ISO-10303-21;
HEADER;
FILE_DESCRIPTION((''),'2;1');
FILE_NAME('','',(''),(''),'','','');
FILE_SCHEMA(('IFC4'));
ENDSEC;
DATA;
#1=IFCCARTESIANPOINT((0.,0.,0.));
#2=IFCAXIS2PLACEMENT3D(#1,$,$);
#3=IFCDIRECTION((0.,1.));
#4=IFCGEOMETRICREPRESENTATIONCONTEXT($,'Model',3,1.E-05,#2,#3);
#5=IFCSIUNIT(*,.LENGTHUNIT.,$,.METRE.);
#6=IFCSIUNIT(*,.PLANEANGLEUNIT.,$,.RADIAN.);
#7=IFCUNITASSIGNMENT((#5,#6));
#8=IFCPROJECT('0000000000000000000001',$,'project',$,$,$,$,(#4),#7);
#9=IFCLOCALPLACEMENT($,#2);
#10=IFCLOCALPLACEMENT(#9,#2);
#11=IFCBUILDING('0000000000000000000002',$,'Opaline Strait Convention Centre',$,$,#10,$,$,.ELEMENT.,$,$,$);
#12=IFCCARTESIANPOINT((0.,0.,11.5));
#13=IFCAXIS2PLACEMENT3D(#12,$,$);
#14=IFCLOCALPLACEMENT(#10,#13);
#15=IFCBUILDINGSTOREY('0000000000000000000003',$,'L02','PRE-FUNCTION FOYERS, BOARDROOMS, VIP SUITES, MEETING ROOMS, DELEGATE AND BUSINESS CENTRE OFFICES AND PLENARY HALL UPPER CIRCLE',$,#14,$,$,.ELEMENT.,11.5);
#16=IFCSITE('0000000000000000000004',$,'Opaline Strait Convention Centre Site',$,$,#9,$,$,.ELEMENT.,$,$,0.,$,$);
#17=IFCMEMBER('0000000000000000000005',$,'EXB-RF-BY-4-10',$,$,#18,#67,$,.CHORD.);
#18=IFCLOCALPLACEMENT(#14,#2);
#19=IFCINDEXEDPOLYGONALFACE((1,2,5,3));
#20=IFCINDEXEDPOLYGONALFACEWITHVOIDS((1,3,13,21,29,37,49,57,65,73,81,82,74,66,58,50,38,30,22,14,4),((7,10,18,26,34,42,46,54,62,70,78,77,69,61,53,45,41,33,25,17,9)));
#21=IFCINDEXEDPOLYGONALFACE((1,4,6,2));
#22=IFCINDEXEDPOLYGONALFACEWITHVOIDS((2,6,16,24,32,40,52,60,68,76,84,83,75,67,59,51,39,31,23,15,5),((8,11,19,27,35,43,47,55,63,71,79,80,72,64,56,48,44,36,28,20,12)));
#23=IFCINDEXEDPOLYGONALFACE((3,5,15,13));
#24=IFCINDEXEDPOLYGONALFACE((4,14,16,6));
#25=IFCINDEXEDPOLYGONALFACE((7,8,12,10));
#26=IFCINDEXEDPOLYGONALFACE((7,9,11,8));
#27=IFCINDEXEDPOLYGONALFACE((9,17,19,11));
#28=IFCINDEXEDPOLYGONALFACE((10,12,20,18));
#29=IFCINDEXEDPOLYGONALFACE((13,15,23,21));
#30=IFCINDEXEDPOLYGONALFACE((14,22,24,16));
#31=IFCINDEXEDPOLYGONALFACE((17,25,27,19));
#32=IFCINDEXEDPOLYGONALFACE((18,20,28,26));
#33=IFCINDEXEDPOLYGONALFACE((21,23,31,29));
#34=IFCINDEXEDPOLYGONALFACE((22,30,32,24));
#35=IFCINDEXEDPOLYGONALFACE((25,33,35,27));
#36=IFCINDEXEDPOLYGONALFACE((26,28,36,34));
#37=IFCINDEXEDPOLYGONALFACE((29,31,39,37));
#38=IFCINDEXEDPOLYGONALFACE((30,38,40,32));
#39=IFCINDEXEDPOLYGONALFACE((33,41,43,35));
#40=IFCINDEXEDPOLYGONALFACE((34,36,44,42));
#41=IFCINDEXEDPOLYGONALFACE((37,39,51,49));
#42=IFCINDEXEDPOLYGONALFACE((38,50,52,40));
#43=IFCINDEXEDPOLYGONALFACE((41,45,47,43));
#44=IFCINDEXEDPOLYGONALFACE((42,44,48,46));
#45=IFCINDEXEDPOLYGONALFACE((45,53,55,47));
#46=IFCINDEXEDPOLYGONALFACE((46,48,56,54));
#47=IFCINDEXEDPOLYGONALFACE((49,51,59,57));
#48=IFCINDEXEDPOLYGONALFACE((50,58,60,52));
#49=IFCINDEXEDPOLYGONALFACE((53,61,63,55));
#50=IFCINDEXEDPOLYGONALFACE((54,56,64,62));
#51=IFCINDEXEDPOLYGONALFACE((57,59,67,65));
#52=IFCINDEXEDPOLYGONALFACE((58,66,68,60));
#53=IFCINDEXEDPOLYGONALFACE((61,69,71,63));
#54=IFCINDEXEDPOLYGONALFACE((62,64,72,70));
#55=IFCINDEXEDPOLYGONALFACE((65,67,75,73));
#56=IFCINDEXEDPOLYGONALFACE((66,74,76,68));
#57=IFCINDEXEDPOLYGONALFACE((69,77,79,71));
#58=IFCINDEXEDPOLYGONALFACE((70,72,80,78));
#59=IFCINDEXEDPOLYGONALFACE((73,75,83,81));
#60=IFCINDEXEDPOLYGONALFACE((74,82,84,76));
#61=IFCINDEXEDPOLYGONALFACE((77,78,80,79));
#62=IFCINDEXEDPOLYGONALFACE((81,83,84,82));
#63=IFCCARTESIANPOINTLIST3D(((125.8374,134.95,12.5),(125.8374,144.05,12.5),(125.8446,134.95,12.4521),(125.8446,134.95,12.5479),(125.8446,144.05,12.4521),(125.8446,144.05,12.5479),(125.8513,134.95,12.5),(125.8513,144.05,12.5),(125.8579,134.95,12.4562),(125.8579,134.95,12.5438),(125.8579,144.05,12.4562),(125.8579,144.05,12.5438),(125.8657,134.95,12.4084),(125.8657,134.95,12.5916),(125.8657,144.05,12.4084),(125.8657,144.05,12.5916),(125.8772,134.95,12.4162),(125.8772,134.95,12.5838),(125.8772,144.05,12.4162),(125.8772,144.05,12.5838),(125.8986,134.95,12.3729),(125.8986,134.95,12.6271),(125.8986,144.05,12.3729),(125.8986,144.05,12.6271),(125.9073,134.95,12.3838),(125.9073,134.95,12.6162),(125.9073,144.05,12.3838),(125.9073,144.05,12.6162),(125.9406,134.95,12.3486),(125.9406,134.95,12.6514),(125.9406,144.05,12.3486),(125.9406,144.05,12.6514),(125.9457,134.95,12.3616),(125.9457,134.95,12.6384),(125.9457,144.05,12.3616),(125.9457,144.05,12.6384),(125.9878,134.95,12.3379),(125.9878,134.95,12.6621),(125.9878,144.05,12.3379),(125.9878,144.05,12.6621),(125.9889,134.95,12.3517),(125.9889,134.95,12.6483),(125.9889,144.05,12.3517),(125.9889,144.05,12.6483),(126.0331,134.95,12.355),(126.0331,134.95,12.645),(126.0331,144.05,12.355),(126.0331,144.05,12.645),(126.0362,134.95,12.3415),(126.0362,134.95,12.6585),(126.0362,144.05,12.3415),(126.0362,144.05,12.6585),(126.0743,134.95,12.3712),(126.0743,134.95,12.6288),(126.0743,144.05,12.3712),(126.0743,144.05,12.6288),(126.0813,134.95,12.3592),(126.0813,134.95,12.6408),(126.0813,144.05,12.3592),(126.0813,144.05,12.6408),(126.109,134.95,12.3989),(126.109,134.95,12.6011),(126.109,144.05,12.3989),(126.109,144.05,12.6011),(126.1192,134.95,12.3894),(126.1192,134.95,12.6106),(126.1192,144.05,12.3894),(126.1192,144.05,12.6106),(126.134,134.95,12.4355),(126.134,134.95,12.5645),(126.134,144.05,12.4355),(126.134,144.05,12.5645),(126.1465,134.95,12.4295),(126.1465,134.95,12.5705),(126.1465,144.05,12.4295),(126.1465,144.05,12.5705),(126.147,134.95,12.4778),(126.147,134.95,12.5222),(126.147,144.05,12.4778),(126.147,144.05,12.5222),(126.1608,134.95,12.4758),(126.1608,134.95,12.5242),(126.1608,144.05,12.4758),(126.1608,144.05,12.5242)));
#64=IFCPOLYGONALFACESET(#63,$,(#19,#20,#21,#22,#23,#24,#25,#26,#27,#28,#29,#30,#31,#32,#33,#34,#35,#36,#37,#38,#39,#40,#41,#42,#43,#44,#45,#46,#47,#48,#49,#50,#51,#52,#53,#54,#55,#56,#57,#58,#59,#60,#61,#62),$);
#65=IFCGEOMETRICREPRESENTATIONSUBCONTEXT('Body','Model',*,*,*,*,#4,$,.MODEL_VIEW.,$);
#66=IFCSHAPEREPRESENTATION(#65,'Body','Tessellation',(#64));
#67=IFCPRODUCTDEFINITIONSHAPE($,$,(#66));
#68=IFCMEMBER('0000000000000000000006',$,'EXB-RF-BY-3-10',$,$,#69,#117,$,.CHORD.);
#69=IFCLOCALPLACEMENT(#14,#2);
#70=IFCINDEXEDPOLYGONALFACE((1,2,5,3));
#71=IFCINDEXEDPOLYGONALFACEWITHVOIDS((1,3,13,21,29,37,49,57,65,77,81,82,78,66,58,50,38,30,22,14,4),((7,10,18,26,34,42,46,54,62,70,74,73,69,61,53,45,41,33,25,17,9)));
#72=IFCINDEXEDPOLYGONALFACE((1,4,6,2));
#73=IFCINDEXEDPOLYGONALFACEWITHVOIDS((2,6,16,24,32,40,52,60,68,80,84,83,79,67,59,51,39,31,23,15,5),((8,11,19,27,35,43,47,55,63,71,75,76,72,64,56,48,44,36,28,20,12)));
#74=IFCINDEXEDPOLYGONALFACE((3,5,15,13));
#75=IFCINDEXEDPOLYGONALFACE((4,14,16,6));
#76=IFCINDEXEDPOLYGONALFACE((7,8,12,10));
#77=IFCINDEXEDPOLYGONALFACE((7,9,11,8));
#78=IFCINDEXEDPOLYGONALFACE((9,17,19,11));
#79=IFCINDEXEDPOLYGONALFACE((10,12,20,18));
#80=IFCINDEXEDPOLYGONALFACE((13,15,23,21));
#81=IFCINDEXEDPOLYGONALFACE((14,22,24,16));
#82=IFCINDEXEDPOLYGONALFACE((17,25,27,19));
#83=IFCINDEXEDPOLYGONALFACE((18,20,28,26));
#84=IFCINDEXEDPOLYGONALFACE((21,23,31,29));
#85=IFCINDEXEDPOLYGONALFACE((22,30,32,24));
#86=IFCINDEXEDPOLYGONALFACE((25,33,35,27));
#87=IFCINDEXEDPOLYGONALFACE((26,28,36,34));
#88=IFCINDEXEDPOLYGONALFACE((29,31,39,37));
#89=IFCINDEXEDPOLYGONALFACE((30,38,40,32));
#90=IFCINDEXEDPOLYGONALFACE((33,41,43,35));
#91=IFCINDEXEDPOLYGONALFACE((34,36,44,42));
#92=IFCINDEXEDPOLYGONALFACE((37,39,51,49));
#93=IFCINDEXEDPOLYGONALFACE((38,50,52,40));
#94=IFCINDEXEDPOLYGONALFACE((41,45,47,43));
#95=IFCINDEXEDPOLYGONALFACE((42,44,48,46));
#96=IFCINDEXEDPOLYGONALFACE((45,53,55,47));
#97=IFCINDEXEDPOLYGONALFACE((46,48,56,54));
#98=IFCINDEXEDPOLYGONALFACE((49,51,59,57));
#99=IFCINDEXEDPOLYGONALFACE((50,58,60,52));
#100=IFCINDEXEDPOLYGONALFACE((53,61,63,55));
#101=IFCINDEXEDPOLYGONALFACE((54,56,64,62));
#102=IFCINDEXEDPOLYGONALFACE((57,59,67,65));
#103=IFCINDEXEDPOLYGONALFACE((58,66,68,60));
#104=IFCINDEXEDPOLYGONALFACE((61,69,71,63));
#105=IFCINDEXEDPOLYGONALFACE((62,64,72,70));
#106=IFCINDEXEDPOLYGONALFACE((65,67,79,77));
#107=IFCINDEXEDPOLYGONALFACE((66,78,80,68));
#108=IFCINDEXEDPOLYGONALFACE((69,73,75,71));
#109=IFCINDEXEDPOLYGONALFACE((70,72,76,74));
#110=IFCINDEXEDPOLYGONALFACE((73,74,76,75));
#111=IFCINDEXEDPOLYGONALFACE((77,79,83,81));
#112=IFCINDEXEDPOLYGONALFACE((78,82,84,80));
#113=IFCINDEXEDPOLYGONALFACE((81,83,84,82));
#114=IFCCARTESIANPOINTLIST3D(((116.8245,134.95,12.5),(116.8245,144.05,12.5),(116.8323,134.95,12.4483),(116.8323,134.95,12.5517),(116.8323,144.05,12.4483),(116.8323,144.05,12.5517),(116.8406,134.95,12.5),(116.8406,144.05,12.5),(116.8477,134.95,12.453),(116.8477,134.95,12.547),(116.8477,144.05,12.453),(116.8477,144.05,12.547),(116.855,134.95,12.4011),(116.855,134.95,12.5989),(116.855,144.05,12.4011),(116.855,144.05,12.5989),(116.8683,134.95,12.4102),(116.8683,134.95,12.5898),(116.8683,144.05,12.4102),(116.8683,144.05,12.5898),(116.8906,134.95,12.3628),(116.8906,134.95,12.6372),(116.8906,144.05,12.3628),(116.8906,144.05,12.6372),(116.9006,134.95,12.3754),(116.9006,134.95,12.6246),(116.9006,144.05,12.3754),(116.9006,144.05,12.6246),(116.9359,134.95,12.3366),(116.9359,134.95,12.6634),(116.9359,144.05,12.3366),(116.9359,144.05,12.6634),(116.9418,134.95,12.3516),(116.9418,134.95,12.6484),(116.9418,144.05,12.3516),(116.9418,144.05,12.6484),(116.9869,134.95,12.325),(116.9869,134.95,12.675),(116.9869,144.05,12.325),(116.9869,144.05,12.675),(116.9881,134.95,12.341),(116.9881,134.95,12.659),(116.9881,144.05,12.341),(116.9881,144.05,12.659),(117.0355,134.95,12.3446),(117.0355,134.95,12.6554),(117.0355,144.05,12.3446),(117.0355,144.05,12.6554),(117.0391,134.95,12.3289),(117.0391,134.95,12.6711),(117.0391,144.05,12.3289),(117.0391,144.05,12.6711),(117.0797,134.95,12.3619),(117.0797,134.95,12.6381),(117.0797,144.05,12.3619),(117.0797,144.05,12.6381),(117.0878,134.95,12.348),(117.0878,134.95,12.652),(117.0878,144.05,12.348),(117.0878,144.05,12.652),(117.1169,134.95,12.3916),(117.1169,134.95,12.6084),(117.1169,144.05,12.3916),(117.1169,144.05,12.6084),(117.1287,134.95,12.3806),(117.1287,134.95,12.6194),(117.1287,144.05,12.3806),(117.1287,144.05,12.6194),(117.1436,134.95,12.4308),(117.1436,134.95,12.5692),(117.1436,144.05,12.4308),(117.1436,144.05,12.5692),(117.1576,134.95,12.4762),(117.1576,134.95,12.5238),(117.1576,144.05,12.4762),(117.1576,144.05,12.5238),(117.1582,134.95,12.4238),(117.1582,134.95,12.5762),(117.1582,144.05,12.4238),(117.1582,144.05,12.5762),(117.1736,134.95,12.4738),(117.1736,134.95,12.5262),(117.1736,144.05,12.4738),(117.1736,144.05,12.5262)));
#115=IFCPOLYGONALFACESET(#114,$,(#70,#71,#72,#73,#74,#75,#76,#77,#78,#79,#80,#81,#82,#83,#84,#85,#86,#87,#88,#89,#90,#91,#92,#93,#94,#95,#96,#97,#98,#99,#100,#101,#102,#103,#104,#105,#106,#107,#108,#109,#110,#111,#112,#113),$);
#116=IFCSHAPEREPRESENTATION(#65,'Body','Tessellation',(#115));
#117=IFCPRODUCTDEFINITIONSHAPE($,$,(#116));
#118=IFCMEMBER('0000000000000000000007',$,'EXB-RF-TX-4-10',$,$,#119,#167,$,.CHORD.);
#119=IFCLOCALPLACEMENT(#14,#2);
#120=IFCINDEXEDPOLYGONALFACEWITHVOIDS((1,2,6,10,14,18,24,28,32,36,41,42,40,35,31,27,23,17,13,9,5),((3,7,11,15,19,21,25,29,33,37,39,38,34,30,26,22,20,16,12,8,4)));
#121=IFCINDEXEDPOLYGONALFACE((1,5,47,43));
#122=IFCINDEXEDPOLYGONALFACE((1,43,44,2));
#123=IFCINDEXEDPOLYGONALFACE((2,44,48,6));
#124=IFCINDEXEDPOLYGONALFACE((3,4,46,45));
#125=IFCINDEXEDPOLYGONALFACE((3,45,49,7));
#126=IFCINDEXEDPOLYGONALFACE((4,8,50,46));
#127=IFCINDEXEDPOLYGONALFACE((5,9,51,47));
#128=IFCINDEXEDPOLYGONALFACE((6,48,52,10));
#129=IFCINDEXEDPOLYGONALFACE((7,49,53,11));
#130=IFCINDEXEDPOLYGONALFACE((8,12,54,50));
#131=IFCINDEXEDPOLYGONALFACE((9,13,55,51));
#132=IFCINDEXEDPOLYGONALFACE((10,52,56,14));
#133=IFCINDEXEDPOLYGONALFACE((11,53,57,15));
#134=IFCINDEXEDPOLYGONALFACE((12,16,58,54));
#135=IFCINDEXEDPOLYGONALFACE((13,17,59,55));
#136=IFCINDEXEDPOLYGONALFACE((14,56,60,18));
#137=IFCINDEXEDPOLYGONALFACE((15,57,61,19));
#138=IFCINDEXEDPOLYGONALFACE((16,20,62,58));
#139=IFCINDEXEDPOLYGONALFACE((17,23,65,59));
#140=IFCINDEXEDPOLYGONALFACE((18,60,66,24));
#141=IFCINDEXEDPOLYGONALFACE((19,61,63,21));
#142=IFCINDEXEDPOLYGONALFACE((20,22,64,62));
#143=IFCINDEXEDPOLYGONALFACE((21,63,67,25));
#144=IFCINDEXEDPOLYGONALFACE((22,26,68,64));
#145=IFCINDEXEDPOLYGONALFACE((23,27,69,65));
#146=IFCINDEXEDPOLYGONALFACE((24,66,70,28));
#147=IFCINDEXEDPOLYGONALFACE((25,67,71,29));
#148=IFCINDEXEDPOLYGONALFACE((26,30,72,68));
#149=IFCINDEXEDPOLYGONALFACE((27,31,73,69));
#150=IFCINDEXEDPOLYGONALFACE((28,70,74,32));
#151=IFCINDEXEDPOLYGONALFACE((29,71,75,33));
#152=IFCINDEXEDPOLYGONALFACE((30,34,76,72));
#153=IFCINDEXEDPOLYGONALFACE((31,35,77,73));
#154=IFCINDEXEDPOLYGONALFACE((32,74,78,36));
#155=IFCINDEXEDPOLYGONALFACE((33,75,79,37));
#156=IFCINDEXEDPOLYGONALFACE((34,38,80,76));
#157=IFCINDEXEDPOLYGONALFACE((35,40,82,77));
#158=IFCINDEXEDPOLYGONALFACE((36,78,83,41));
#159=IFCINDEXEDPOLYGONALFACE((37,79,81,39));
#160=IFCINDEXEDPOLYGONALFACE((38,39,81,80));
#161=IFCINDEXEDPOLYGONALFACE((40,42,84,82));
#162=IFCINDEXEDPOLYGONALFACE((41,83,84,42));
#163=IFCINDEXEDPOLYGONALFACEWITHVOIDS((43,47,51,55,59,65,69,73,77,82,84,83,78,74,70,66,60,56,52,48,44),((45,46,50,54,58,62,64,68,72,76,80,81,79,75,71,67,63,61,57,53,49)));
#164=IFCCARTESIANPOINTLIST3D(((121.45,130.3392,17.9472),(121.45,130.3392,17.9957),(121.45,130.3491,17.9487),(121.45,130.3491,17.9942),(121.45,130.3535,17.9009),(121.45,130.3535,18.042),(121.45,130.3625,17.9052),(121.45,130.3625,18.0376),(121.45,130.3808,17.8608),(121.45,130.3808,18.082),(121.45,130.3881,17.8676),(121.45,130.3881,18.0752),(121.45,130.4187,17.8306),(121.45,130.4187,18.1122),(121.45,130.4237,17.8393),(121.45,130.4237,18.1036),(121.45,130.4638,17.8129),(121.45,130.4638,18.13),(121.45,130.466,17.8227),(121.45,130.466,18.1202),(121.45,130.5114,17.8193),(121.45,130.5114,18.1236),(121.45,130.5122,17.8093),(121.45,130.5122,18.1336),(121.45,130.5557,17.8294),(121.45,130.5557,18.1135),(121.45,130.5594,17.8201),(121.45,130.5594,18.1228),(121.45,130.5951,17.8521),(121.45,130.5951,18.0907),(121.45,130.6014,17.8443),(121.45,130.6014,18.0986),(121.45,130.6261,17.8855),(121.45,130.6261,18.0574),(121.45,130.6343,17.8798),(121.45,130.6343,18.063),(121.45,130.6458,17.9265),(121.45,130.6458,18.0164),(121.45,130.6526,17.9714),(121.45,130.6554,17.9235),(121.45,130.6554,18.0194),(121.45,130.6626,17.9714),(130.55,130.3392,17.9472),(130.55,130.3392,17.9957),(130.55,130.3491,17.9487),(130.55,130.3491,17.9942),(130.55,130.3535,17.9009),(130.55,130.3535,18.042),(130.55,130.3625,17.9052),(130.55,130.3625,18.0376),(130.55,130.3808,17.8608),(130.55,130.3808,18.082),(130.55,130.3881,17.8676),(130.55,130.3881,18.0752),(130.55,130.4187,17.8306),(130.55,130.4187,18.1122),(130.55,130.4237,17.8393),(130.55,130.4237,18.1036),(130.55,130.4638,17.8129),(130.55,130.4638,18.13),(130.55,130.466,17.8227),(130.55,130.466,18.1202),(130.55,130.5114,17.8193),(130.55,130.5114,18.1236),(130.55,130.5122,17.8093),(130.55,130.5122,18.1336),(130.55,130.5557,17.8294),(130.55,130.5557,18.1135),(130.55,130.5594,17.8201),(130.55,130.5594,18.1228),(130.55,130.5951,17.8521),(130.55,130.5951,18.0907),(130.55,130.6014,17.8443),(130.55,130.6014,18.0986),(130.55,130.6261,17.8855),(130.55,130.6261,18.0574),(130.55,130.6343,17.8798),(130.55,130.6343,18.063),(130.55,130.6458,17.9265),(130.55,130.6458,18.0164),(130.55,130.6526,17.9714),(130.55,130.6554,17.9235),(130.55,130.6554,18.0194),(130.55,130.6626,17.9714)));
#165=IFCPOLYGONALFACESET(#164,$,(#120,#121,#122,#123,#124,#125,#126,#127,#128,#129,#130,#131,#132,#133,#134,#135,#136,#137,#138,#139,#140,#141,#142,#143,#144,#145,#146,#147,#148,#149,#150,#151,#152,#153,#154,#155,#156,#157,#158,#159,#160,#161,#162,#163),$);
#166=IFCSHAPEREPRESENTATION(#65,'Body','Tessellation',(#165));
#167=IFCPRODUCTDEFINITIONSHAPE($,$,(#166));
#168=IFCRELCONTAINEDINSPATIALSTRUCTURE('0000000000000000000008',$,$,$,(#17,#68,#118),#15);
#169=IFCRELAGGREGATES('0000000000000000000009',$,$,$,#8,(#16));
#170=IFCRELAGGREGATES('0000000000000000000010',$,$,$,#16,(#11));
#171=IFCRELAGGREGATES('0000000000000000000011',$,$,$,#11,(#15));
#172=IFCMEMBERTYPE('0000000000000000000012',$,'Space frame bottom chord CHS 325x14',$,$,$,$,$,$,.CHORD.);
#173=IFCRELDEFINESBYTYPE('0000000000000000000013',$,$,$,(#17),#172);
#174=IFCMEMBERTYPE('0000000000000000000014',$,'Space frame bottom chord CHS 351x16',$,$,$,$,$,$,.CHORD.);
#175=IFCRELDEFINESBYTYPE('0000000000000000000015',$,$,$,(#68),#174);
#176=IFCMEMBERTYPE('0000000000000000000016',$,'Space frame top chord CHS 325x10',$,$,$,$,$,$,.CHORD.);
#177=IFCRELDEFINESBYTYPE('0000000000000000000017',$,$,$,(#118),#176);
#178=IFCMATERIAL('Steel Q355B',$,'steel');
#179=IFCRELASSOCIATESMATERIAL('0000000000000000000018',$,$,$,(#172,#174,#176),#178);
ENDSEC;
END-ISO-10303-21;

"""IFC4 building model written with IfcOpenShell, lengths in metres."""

from ifc_helpers import new_model, si_unit, direction, frame, origin, origin_2d, place, context, subcontext, project, spatial, hollow_circle, extrude, material, material_profile, profile_set, type_object, element, save


model = new_model("IFC4")

# Units and contexts
model_context = context("Model", 3, precision=1e-05, world=origin(), true_north=direction((0.0, 1.0)))
body_context = subcontext(model_context, "Body", "Model", "MODEL_VIEW")
ifc_project = project(units=[si_unit("LENGTHUNIT", "METRE"), si_unit("PLANEANGLEUNIT", "RADIAN")], contexts=[model_context])

# Site, building, storey
site_placement = place(None, origin())
site = spatial("IfcSite", under=ifc_project, at=site_placement, Name="Opaline Strait Convention Centre Site", CompositionType="ELEMENT", RefElevation=0.0)
building_placement = place(site_placement, origin())
building = spatial("IfcBuilding", under=site, at=building_placement, Name="Opaline Strait Convention Centre", CompositionType="ELEMENT")
storey_placement = place(building_placement, frame((0.0, 0.0, 11.5)))
storey = spatial("IfcBuildingStorey", under=building, at=storey_placement, Name="L02", Description="PRE-FUNCTION FOYERS, BOARDROOMS, VIP SUITES, MEETING ROOMS, DELEGATE AND BUSINESS CENTRE OFFICES AND PLENARY HALL UPPER CIRCLE", CompositionType="ELEMENT", Elevation=11.5)

# Members
ifc_material = material(Name="Steel Q355B", Category="steel")
ifc_material_profile_1 = material_profile(ifc_material, hollow_circle(Radius=0.1626, WallThickness=0.0139, at=origin_2d()), Name="CHS 325x14")
ifc_profile_set_1 = profile_set([ifc_material_profile_1], Name="Steel Q355B")
member_type_1 = type_object("IfcMemberType", Name="Space frame bottom chord CHS 325x14", PredefinedType="CHORD", material=ifc_profile_set_1)
for number, where, z_axis, x_axis, name in (
    (1, (126.0, 134.95, 12.5), (0.0, 1.0, 0.0), (-1.0, 0.0, 0.0), "EXB-RF-BY-4-10"),
):
    element("IfcMember", number, at=place(storey_placement, frame(where, z_axis=z_axis, x_axis=x_axis)), inside=storey, type_object=member_type_1, Name=name, PredefinedType="CHORD", context=body_context, shape_type="SweptSolid", body=[
        extrude(hollow_circle(Radius=0.1626, WallThickness=0.0139, at=origin_2d()), origin(), (0.0, 0.0, 1.0), 9.1001),
    ])
ifc_material_profile_2 = material_profile(ifc_material, hollow_circle(Radius=0.1755, WallThickness=0.0161, at=origin_2d()), Name="CHS 351x16")
ifc_profile_set_2 = profile_set([ifc_material_profile_2], Name="Steel Q355B")
member_type_2 = type_object("IfcMemberType", Name="Space frame bottom chord CHS 351x16", PredefinedType="CHORD", material=ifc_profile_set_2)
member_1_placement = place(storey_placement, frame((117.0, 134.95, 12.5), z_axis=(0.0, 1.0, 0.0), x_axis=(-1.0, 0.0, 0.0)))
element("IfcMember", 2, at=member_1_placement, inside=storey, type_object=member_type_2, Name="EXB-RF-BY-3-10", PredefinedType="CHORD", context=body_context, shape_type="SweptSolid", body=[
    extrude(hollow_circle(Radius=0.1755, WallThickness=0.0161, at=origin_2d()), origin(), (0.0, 0.0, 1.0), 9.1001),
])
ifc_material_profile_3 = material_profile(ifc_material, hollow_circle(Radius=0.1626, WallThickness=0.01, at=origin_2d()), Name="CHS 325x10")
ifc_profile_set_3 = profile_set([ifc_material_profile_3], Name="Steel Q355B")
member_type_3 = type_object("IfcMemberType", Name="Space frame top chord CHS 325x10", PredefinedType="CHORD", material=ifc_profile_set_3)
member_2_placement = place(storey_placement, frame((121.45, 130.5, 17.9714), z_axis=(1.0, 0.0, 0.0), x_axis=(0.0, 1.0, 0.0)))
element("IfcMember", 3, at=member_2_placement, inside=storey, type_object=member_type_3, Name="EXB-RF-TX-4-10", PredefinedType="CHORD", context=body_context, shape_type="SweptSolid", body=[
    extrude(hollow_circle(Radius=0.1626, WallThickness=0.01, at=origin_2d()), origin(), (0.0, 0.0, 1.0), 9.1001),
])

save(model, "model.ifc")
